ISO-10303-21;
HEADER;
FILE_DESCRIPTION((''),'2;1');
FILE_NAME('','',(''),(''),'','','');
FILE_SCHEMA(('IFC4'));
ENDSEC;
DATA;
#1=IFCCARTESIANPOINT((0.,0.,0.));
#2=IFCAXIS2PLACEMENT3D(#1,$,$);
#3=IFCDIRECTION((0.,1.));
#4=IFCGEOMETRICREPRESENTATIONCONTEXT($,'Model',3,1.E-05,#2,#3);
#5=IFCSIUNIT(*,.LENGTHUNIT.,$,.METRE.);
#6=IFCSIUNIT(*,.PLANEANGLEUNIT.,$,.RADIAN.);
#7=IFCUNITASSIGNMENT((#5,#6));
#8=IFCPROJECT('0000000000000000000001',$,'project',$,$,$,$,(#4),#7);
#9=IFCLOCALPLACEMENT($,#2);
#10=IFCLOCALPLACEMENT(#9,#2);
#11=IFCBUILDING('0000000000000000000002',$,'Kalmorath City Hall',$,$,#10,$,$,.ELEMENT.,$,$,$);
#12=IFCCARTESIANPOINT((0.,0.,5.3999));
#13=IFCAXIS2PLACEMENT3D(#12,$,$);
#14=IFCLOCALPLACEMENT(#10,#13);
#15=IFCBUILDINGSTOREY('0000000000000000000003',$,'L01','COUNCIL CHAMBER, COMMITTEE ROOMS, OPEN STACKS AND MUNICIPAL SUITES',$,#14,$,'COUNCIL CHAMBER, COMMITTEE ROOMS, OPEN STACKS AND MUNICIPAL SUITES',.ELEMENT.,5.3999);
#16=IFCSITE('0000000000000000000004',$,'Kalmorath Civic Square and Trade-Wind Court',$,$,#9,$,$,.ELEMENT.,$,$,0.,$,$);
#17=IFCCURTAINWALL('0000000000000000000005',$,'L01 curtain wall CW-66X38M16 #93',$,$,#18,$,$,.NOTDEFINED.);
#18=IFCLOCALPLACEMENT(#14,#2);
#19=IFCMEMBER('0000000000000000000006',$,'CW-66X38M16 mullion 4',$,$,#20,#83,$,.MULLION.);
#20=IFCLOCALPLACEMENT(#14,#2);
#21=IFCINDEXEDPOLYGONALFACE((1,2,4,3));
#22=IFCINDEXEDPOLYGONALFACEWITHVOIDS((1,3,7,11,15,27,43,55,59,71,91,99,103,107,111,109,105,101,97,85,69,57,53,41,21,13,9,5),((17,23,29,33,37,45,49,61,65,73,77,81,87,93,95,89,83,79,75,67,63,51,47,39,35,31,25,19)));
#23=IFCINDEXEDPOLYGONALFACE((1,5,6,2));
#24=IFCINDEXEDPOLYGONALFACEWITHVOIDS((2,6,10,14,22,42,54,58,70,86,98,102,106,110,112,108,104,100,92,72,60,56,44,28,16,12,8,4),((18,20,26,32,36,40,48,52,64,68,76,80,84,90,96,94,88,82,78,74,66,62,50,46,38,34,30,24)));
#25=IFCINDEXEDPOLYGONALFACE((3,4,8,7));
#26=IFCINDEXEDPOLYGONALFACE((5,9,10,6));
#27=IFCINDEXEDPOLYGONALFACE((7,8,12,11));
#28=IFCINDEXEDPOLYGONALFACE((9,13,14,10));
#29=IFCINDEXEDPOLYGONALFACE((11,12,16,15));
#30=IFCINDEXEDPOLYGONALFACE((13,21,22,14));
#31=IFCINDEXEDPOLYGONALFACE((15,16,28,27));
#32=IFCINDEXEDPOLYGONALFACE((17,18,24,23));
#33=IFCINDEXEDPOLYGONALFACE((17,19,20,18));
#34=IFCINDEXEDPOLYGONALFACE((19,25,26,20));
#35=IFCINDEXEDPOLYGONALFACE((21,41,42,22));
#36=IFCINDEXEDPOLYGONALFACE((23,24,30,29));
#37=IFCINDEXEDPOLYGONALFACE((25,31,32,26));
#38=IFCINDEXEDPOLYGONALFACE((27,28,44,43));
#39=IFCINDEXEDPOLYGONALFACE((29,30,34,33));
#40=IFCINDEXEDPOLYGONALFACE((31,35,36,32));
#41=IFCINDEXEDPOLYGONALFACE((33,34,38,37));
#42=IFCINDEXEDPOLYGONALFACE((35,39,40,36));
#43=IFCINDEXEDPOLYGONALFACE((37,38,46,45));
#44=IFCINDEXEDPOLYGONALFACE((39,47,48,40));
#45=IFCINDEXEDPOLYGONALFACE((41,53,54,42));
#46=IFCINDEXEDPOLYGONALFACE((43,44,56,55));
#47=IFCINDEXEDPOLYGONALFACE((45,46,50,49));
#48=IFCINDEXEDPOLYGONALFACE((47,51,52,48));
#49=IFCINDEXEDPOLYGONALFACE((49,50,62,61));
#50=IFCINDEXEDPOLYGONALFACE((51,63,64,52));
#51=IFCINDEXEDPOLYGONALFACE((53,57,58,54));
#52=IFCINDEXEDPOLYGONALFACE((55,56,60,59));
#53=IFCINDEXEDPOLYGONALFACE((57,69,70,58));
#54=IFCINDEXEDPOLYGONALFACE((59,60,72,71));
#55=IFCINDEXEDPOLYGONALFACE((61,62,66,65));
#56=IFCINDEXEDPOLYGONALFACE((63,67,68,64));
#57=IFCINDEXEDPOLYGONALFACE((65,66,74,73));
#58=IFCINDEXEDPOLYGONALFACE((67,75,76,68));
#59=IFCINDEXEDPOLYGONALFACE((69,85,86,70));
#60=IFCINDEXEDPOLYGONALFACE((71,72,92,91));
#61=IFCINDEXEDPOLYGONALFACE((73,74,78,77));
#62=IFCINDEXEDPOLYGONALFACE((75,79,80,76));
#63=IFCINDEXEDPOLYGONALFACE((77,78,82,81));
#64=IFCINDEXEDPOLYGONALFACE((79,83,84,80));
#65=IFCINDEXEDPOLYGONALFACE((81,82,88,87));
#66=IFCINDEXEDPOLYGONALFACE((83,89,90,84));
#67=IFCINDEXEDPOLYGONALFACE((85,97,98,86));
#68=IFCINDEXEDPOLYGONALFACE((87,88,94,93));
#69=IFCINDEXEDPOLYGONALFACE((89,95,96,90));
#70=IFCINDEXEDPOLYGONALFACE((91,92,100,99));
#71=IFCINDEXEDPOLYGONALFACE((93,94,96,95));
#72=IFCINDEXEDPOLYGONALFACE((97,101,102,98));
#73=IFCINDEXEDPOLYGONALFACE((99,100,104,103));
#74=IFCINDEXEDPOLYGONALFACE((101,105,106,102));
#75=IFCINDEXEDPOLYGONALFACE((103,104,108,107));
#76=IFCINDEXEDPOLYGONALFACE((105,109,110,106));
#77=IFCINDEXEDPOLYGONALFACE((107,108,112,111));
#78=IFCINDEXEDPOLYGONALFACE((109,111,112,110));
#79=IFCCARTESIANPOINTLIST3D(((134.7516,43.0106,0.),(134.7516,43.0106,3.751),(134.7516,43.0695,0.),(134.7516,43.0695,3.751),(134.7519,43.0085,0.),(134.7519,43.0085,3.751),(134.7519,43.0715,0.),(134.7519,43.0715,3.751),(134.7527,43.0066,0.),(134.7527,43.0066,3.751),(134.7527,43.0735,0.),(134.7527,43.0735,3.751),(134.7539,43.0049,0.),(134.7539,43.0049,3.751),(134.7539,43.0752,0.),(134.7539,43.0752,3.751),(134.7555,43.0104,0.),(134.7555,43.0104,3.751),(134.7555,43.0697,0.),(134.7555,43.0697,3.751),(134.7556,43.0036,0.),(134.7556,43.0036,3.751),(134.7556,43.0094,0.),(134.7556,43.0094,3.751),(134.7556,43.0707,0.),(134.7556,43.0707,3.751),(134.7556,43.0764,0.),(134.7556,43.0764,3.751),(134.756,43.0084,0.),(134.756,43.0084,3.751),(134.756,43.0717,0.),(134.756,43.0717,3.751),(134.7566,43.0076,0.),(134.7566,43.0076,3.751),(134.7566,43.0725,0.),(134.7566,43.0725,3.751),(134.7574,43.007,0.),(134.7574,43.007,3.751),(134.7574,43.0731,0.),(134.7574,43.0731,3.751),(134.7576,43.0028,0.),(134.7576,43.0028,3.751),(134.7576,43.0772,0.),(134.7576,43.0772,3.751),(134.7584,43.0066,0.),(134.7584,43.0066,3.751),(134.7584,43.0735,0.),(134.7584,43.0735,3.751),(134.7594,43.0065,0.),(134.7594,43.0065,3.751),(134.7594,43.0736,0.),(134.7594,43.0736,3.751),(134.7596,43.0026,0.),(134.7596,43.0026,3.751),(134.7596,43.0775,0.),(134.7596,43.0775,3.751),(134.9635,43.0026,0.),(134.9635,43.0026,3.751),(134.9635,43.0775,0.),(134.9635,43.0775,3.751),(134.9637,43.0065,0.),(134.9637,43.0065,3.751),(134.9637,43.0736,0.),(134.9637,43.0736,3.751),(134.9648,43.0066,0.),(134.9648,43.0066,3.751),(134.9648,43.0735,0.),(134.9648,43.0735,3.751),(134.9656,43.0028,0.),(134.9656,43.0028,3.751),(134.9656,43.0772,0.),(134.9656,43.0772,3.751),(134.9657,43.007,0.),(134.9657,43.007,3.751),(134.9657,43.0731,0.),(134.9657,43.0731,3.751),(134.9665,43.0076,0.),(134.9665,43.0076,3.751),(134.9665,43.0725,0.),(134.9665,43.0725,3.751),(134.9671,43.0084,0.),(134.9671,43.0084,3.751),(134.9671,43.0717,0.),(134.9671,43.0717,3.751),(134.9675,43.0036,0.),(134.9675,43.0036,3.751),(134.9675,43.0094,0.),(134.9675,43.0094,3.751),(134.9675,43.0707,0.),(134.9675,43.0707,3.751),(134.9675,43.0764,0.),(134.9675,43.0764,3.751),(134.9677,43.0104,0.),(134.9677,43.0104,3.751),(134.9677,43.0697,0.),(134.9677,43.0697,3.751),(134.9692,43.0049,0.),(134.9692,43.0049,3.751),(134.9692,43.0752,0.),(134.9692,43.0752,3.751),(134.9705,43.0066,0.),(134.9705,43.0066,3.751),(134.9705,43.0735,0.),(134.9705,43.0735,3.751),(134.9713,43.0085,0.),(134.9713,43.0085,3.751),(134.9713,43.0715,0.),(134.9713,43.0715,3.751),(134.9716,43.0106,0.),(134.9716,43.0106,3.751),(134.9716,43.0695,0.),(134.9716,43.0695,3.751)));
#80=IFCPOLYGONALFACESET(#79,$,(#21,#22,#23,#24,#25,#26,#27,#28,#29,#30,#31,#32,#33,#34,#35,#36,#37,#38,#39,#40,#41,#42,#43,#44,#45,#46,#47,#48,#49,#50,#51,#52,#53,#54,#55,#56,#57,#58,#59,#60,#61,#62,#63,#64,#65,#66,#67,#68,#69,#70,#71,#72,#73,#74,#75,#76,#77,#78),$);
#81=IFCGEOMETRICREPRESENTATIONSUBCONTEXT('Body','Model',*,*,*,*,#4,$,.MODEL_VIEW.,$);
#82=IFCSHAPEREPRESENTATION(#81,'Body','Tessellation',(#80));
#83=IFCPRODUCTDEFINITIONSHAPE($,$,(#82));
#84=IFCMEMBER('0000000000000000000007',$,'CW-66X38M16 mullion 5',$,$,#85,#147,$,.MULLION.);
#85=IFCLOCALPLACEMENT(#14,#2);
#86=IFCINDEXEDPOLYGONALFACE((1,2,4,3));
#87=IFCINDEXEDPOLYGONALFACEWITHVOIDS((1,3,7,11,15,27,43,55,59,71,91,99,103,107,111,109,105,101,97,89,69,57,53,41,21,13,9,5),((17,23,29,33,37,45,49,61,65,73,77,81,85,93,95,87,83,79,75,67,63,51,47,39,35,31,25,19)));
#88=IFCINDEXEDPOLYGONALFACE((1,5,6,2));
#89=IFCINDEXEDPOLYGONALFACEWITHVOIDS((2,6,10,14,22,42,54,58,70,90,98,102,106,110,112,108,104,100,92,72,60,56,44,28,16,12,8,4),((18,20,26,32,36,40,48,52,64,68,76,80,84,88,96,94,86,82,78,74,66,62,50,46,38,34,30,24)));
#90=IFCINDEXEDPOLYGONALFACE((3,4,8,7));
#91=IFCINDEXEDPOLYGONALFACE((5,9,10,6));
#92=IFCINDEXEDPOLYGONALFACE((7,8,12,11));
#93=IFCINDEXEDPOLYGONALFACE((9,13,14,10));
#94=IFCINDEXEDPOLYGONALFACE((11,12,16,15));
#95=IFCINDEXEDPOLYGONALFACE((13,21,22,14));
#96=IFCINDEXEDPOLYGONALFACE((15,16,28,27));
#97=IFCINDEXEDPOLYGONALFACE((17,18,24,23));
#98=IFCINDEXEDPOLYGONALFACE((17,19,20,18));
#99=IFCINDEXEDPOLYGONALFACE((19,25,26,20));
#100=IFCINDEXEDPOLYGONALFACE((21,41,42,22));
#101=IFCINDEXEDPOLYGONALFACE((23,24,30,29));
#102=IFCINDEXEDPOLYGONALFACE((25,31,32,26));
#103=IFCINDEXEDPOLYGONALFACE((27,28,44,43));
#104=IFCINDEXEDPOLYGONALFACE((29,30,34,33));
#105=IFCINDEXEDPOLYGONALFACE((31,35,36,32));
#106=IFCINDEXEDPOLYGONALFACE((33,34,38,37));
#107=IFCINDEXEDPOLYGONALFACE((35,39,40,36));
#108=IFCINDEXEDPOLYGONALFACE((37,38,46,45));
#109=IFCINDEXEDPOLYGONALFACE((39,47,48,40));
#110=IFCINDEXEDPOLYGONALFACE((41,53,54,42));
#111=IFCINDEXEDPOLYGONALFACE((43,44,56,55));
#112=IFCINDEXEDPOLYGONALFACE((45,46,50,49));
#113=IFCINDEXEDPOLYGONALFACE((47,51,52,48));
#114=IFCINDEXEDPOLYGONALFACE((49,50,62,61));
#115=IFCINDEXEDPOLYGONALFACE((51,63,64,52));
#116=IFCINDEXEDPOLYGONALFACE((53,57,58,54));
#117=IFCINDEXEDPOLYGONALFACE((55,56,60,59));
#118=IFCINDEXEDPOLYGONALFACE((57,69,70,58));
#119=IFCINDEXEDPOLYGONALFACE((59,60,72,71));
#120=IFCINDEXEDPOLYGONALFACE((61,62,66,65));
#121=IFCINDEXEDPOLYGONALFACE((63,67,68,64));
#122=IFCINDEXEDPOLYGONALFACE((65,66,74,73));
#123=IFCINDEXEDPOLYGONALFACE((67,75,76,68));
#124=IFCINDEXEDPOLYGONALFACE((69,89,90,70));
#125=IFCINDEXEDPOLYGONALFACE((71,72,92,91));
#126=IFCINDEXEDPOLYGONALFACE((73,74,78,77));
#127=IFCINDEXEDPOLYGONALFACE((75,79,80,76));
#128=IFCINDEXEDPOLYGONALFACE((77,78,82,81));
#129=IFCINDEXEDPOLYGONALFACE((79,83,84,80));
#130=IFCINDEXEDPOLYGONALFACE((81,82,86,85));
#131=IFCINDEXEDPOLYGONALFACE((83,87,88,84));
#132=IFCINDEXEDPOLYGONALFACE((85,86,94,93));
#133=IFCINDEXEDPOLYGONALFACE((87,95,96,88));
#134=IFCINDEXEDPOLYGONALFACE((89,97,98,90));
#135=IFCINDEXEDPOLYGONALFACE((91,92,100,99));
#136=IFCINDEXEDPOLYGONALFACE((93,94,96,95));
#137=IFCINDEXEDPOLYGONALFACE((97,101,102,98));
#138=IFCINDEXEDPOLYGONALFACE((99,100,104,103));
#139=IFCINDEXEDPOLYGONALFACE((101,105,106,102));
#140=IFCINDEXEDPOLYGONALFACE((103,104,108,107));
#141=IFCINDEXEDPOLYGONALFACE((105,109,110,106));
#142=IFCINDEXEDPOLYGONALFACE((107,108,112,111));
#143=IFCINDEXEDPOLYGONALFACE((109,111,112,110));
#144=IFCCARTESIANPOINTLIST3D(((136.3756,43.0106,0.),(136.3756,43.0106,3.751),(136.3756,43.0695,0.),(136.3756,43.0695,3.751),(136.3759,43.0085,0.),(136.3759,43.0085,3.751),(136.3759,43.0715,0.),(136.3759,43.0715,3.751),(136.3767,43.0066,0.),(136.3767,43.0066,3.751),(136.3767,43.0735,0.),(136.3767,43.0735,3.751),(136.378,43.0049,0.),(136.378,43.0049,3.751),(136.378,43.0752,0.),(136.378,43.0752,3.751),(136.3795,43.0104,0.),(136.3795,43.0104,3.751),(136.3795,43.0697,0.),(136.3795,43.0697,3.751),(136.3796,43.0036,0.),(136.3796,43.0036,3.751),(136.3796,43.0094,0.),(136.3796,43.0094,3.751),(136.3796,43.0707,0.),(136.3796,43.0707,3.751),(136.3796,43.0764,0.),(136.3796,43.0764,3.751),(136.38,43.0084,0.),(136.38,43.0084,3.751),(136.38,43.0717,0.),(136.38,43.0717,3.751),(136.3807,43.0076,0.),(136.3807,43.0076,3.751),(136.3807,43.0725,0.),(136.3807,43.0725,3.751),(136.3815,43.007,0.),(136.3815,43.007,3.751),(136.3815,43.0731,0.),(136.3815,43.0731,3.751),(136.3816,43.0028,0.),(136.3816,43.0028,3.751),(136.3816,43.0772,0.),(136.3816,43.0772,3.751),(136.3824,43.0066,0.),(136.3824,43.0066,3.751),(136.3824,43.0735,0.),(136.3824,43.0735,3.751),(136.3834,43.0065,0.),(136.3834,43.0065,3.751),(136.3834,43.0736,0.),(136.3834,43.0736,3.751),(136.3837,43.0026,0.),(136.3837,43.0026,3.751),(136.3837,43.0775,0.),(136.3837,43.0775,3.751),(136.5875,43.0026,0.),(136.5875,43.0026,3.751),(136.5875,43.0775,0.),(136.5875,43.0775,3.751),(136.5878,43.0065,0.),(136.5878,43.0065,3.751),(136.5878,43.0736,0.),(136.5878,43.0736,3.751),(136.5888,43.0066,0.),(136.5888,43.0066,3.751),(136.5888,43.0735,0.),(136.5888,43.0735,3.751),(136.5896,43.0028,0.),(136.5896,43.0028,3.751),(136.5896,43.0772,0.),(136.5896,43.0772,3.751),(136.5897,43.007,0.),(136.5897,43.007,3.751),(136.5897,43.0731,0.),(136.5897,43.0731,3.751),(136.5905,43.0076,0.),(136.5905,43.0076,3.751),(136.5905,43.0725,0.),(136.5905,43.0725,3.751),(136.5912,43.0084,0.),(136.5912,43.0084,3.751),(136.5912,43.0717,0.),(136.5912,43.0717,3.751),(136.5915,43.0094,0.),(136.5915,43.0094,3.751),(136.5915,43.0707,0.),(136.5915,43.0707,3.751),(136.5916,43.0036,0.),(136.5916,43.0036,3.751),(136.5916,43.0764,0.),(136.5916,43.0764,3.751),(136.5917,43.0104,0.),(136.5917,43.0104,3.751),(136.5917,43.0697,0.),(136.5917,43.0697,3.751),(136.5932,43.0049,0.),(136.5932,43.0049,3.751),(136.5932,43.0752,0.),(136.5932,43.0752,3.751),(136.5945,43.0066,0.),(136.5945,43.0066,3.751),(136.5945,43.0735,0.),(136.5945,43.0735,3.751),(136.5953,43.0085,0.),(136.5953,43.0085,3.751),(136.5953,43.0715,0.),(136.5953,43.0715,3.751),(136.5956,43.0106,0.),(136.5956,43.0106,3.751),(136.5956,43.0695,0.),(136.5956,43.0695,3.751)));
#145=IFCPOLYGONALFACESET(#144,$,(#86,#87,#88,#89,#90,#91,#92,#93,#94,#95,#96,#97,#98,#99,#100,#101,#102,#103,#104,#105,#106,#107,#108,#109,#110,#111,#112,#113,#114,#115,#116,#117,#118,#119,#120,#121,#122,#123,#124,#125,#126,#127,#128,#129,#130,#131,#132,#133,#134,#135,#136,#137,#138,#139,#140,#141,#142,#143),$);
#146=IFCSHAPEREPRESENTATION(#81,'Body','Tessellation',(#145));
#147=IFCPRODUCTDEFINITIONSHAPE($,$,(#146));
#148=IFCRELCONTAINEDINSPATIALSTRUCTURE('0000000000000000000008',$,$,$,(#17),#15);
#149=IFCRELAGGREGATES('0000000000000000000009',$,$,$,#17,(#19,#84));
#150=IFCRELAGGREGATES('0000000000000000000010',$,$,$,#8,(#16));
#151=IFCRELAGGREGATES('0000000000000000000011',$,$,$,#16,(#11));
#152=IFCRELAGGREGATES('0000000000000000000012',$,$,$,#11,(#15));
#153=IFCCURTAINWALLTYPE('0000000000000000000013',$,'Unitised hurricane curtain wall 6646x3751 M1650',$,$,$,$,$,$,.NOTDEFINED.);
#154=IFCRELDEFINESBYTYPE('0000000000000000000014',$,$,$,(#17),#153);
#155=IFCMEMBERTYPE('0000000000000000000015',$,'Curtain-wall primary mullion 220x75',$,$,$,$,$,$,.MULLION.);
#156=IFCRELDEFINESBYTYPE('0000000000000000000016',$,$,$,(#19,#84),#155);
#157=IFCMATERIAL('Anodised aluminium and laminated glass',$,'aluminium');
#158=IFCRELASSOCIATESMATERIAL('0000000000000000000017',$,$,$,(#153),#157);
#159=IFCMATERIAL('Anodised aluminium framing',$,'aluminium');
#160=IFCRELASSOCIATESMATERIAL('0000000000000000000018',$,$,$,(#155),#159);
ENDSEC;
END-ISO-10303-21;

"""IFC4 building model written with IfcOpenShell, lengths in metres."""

from ifc_helpers import new_model, si_unit, direction, frame, origin, origin_2d, place, context, subcontext, project, spatial, hollow_rectangle, extrude, material, material_profile, profile_set, type_object, element, aggregate, save


model = new_model("IFC4")

# Units and contexts
model_context = context("Model", 3, precision=1e-05, world=origin(), true_north=direction((0.0, 1.0)))
body_context = subcontext(model_context, "Body", "Model", "MODEL_VIEW")
ifc_project = project(units=[si_unit("LENGTHUNIT", "METRE"), si_unit("PLANEANGLEUNIT", "RADIAN")], contexts=[model_context])

# Site, building, storey
site_placement = place(None, origin())
site = spatial("IfcSite", under=ifc_project, at=site_placement, Name="Kalmorath Civic Square and Trade-Wind Court", CompositionType="ELEMENT", RefElevation=0.0)
building_placement = place(site_placement, origin())
building = spatial("IfcBuilding", under=site, at=building_placement, Name="Kalmorath City Hall", CompositionType="ELEMENT")
storey_placement = place(building_placement, frame((0.0, 0.0, 5.3999)))
storey = spatial("IfcBuildingStorey", under=building, at=storey_placement, Name="L01", Description="COUNCIL CHAMBER, COMMITTEE ROOMS, OPEN STACKS AND MUNICIPAL SUITES", LongName="COUNCIL CHAMBER, COMMITTEE ROOMS, OPEN STACKS AND MUNICIPAL SUITES", CompositionType="ELEMENT", Elevation=5.3999)

# Curtain wall
ifc_material_1 = material(Name="Anodised aluminium and laminated glass", Category="aluminium")
curtain_wall_type_1 = type_object("IfcCurtainWallType", Name="Unitised hurricane curtain wall 6646x3751 M1650", PredefinedType="NOTDEFINED", material=ifc_material_1)
curtain_wall_1_placement = place(storey_placement, origin())
curtain_wall_1 = element("IfcCurtainWall", 1, at=curtain_wall_1_placement, inside=storey, type_object=curtain_wall_type_1, Name="L01 curtain wall CW-66X38M16 #93", PredefinedType="NOTDEFINED")

# Members
ifc_material_2 = material(Name="Anodised aluminium framing", Category="aluminium")
ifc_material_profile_1 = material_profile(ifc_material_2, hollow_rectangle(XDim=0.075, YDim=0.22, WallThickness=0.0039, InnerFilletRadius=0.0039, OuterFilletRadius=0.0081, at=origin_2d()), Name="ALU-MUL-220X75X4")
ifc_profile_set_1 = profile_set([ifc_material_profile_1], Name="Anodised aluminium framing")
member_type_1 = type_object("IfcMemberType", Name="Curtain-wall primary mullion 220x75", PredefinedType="MULLION", material=ifc_profile_set_1)
member_1_placement = place(storey_placement, frame((134.8616, 43.04, 0.0), z_axis=(0.0, 0.0, 1.0), x_axis=(0.0, 1.0, 0.0)))
member_1 = element("IfcMember", 2, at=member_1_placement, type_object=member_type_1, Name="CW-66X38M16 mullion 4", PredefinedType="MULLION", context=body_context, shape_type="SweptSolid", body=[
    extrude(hollow_rectangle(XDim=0.075, YDim=0.22, WallThickness=0.0039, InnerFilletRadius=0.0039, OuterFilletRadius=0.0081, at=origin_2d()), origin(), (0.0, 0.0, 1.0), 3.751),
])
member_2_placement = place(storey_placement, frame((136.4856, 43.04, 0.0), z_axis=(0.0, 0.0, 1.0), x_axis=(0.0, 1.0, 0.0)))
member_2 = element("IfcMember", 3, at=member_2_placement, type_object=member_type_1, Name="CW-66X38M16 mullion 5", PredefinedType="MULLION", context=body_context, shape_type="SweptSolid", body=[
    extrude(hollow_rectangle(XDim=0.075, YDim=0.22, WallThickness=0.0039, InnerFilletRadius=0.0039, OuterFilletRadius=0.0081, at=origin_2d()), origin(), (0.0, 0.0, 1.0), 3.751),
])

aggregate(curtain_wall_1, [member_1, member_2])

save(model, "model.ifc")
